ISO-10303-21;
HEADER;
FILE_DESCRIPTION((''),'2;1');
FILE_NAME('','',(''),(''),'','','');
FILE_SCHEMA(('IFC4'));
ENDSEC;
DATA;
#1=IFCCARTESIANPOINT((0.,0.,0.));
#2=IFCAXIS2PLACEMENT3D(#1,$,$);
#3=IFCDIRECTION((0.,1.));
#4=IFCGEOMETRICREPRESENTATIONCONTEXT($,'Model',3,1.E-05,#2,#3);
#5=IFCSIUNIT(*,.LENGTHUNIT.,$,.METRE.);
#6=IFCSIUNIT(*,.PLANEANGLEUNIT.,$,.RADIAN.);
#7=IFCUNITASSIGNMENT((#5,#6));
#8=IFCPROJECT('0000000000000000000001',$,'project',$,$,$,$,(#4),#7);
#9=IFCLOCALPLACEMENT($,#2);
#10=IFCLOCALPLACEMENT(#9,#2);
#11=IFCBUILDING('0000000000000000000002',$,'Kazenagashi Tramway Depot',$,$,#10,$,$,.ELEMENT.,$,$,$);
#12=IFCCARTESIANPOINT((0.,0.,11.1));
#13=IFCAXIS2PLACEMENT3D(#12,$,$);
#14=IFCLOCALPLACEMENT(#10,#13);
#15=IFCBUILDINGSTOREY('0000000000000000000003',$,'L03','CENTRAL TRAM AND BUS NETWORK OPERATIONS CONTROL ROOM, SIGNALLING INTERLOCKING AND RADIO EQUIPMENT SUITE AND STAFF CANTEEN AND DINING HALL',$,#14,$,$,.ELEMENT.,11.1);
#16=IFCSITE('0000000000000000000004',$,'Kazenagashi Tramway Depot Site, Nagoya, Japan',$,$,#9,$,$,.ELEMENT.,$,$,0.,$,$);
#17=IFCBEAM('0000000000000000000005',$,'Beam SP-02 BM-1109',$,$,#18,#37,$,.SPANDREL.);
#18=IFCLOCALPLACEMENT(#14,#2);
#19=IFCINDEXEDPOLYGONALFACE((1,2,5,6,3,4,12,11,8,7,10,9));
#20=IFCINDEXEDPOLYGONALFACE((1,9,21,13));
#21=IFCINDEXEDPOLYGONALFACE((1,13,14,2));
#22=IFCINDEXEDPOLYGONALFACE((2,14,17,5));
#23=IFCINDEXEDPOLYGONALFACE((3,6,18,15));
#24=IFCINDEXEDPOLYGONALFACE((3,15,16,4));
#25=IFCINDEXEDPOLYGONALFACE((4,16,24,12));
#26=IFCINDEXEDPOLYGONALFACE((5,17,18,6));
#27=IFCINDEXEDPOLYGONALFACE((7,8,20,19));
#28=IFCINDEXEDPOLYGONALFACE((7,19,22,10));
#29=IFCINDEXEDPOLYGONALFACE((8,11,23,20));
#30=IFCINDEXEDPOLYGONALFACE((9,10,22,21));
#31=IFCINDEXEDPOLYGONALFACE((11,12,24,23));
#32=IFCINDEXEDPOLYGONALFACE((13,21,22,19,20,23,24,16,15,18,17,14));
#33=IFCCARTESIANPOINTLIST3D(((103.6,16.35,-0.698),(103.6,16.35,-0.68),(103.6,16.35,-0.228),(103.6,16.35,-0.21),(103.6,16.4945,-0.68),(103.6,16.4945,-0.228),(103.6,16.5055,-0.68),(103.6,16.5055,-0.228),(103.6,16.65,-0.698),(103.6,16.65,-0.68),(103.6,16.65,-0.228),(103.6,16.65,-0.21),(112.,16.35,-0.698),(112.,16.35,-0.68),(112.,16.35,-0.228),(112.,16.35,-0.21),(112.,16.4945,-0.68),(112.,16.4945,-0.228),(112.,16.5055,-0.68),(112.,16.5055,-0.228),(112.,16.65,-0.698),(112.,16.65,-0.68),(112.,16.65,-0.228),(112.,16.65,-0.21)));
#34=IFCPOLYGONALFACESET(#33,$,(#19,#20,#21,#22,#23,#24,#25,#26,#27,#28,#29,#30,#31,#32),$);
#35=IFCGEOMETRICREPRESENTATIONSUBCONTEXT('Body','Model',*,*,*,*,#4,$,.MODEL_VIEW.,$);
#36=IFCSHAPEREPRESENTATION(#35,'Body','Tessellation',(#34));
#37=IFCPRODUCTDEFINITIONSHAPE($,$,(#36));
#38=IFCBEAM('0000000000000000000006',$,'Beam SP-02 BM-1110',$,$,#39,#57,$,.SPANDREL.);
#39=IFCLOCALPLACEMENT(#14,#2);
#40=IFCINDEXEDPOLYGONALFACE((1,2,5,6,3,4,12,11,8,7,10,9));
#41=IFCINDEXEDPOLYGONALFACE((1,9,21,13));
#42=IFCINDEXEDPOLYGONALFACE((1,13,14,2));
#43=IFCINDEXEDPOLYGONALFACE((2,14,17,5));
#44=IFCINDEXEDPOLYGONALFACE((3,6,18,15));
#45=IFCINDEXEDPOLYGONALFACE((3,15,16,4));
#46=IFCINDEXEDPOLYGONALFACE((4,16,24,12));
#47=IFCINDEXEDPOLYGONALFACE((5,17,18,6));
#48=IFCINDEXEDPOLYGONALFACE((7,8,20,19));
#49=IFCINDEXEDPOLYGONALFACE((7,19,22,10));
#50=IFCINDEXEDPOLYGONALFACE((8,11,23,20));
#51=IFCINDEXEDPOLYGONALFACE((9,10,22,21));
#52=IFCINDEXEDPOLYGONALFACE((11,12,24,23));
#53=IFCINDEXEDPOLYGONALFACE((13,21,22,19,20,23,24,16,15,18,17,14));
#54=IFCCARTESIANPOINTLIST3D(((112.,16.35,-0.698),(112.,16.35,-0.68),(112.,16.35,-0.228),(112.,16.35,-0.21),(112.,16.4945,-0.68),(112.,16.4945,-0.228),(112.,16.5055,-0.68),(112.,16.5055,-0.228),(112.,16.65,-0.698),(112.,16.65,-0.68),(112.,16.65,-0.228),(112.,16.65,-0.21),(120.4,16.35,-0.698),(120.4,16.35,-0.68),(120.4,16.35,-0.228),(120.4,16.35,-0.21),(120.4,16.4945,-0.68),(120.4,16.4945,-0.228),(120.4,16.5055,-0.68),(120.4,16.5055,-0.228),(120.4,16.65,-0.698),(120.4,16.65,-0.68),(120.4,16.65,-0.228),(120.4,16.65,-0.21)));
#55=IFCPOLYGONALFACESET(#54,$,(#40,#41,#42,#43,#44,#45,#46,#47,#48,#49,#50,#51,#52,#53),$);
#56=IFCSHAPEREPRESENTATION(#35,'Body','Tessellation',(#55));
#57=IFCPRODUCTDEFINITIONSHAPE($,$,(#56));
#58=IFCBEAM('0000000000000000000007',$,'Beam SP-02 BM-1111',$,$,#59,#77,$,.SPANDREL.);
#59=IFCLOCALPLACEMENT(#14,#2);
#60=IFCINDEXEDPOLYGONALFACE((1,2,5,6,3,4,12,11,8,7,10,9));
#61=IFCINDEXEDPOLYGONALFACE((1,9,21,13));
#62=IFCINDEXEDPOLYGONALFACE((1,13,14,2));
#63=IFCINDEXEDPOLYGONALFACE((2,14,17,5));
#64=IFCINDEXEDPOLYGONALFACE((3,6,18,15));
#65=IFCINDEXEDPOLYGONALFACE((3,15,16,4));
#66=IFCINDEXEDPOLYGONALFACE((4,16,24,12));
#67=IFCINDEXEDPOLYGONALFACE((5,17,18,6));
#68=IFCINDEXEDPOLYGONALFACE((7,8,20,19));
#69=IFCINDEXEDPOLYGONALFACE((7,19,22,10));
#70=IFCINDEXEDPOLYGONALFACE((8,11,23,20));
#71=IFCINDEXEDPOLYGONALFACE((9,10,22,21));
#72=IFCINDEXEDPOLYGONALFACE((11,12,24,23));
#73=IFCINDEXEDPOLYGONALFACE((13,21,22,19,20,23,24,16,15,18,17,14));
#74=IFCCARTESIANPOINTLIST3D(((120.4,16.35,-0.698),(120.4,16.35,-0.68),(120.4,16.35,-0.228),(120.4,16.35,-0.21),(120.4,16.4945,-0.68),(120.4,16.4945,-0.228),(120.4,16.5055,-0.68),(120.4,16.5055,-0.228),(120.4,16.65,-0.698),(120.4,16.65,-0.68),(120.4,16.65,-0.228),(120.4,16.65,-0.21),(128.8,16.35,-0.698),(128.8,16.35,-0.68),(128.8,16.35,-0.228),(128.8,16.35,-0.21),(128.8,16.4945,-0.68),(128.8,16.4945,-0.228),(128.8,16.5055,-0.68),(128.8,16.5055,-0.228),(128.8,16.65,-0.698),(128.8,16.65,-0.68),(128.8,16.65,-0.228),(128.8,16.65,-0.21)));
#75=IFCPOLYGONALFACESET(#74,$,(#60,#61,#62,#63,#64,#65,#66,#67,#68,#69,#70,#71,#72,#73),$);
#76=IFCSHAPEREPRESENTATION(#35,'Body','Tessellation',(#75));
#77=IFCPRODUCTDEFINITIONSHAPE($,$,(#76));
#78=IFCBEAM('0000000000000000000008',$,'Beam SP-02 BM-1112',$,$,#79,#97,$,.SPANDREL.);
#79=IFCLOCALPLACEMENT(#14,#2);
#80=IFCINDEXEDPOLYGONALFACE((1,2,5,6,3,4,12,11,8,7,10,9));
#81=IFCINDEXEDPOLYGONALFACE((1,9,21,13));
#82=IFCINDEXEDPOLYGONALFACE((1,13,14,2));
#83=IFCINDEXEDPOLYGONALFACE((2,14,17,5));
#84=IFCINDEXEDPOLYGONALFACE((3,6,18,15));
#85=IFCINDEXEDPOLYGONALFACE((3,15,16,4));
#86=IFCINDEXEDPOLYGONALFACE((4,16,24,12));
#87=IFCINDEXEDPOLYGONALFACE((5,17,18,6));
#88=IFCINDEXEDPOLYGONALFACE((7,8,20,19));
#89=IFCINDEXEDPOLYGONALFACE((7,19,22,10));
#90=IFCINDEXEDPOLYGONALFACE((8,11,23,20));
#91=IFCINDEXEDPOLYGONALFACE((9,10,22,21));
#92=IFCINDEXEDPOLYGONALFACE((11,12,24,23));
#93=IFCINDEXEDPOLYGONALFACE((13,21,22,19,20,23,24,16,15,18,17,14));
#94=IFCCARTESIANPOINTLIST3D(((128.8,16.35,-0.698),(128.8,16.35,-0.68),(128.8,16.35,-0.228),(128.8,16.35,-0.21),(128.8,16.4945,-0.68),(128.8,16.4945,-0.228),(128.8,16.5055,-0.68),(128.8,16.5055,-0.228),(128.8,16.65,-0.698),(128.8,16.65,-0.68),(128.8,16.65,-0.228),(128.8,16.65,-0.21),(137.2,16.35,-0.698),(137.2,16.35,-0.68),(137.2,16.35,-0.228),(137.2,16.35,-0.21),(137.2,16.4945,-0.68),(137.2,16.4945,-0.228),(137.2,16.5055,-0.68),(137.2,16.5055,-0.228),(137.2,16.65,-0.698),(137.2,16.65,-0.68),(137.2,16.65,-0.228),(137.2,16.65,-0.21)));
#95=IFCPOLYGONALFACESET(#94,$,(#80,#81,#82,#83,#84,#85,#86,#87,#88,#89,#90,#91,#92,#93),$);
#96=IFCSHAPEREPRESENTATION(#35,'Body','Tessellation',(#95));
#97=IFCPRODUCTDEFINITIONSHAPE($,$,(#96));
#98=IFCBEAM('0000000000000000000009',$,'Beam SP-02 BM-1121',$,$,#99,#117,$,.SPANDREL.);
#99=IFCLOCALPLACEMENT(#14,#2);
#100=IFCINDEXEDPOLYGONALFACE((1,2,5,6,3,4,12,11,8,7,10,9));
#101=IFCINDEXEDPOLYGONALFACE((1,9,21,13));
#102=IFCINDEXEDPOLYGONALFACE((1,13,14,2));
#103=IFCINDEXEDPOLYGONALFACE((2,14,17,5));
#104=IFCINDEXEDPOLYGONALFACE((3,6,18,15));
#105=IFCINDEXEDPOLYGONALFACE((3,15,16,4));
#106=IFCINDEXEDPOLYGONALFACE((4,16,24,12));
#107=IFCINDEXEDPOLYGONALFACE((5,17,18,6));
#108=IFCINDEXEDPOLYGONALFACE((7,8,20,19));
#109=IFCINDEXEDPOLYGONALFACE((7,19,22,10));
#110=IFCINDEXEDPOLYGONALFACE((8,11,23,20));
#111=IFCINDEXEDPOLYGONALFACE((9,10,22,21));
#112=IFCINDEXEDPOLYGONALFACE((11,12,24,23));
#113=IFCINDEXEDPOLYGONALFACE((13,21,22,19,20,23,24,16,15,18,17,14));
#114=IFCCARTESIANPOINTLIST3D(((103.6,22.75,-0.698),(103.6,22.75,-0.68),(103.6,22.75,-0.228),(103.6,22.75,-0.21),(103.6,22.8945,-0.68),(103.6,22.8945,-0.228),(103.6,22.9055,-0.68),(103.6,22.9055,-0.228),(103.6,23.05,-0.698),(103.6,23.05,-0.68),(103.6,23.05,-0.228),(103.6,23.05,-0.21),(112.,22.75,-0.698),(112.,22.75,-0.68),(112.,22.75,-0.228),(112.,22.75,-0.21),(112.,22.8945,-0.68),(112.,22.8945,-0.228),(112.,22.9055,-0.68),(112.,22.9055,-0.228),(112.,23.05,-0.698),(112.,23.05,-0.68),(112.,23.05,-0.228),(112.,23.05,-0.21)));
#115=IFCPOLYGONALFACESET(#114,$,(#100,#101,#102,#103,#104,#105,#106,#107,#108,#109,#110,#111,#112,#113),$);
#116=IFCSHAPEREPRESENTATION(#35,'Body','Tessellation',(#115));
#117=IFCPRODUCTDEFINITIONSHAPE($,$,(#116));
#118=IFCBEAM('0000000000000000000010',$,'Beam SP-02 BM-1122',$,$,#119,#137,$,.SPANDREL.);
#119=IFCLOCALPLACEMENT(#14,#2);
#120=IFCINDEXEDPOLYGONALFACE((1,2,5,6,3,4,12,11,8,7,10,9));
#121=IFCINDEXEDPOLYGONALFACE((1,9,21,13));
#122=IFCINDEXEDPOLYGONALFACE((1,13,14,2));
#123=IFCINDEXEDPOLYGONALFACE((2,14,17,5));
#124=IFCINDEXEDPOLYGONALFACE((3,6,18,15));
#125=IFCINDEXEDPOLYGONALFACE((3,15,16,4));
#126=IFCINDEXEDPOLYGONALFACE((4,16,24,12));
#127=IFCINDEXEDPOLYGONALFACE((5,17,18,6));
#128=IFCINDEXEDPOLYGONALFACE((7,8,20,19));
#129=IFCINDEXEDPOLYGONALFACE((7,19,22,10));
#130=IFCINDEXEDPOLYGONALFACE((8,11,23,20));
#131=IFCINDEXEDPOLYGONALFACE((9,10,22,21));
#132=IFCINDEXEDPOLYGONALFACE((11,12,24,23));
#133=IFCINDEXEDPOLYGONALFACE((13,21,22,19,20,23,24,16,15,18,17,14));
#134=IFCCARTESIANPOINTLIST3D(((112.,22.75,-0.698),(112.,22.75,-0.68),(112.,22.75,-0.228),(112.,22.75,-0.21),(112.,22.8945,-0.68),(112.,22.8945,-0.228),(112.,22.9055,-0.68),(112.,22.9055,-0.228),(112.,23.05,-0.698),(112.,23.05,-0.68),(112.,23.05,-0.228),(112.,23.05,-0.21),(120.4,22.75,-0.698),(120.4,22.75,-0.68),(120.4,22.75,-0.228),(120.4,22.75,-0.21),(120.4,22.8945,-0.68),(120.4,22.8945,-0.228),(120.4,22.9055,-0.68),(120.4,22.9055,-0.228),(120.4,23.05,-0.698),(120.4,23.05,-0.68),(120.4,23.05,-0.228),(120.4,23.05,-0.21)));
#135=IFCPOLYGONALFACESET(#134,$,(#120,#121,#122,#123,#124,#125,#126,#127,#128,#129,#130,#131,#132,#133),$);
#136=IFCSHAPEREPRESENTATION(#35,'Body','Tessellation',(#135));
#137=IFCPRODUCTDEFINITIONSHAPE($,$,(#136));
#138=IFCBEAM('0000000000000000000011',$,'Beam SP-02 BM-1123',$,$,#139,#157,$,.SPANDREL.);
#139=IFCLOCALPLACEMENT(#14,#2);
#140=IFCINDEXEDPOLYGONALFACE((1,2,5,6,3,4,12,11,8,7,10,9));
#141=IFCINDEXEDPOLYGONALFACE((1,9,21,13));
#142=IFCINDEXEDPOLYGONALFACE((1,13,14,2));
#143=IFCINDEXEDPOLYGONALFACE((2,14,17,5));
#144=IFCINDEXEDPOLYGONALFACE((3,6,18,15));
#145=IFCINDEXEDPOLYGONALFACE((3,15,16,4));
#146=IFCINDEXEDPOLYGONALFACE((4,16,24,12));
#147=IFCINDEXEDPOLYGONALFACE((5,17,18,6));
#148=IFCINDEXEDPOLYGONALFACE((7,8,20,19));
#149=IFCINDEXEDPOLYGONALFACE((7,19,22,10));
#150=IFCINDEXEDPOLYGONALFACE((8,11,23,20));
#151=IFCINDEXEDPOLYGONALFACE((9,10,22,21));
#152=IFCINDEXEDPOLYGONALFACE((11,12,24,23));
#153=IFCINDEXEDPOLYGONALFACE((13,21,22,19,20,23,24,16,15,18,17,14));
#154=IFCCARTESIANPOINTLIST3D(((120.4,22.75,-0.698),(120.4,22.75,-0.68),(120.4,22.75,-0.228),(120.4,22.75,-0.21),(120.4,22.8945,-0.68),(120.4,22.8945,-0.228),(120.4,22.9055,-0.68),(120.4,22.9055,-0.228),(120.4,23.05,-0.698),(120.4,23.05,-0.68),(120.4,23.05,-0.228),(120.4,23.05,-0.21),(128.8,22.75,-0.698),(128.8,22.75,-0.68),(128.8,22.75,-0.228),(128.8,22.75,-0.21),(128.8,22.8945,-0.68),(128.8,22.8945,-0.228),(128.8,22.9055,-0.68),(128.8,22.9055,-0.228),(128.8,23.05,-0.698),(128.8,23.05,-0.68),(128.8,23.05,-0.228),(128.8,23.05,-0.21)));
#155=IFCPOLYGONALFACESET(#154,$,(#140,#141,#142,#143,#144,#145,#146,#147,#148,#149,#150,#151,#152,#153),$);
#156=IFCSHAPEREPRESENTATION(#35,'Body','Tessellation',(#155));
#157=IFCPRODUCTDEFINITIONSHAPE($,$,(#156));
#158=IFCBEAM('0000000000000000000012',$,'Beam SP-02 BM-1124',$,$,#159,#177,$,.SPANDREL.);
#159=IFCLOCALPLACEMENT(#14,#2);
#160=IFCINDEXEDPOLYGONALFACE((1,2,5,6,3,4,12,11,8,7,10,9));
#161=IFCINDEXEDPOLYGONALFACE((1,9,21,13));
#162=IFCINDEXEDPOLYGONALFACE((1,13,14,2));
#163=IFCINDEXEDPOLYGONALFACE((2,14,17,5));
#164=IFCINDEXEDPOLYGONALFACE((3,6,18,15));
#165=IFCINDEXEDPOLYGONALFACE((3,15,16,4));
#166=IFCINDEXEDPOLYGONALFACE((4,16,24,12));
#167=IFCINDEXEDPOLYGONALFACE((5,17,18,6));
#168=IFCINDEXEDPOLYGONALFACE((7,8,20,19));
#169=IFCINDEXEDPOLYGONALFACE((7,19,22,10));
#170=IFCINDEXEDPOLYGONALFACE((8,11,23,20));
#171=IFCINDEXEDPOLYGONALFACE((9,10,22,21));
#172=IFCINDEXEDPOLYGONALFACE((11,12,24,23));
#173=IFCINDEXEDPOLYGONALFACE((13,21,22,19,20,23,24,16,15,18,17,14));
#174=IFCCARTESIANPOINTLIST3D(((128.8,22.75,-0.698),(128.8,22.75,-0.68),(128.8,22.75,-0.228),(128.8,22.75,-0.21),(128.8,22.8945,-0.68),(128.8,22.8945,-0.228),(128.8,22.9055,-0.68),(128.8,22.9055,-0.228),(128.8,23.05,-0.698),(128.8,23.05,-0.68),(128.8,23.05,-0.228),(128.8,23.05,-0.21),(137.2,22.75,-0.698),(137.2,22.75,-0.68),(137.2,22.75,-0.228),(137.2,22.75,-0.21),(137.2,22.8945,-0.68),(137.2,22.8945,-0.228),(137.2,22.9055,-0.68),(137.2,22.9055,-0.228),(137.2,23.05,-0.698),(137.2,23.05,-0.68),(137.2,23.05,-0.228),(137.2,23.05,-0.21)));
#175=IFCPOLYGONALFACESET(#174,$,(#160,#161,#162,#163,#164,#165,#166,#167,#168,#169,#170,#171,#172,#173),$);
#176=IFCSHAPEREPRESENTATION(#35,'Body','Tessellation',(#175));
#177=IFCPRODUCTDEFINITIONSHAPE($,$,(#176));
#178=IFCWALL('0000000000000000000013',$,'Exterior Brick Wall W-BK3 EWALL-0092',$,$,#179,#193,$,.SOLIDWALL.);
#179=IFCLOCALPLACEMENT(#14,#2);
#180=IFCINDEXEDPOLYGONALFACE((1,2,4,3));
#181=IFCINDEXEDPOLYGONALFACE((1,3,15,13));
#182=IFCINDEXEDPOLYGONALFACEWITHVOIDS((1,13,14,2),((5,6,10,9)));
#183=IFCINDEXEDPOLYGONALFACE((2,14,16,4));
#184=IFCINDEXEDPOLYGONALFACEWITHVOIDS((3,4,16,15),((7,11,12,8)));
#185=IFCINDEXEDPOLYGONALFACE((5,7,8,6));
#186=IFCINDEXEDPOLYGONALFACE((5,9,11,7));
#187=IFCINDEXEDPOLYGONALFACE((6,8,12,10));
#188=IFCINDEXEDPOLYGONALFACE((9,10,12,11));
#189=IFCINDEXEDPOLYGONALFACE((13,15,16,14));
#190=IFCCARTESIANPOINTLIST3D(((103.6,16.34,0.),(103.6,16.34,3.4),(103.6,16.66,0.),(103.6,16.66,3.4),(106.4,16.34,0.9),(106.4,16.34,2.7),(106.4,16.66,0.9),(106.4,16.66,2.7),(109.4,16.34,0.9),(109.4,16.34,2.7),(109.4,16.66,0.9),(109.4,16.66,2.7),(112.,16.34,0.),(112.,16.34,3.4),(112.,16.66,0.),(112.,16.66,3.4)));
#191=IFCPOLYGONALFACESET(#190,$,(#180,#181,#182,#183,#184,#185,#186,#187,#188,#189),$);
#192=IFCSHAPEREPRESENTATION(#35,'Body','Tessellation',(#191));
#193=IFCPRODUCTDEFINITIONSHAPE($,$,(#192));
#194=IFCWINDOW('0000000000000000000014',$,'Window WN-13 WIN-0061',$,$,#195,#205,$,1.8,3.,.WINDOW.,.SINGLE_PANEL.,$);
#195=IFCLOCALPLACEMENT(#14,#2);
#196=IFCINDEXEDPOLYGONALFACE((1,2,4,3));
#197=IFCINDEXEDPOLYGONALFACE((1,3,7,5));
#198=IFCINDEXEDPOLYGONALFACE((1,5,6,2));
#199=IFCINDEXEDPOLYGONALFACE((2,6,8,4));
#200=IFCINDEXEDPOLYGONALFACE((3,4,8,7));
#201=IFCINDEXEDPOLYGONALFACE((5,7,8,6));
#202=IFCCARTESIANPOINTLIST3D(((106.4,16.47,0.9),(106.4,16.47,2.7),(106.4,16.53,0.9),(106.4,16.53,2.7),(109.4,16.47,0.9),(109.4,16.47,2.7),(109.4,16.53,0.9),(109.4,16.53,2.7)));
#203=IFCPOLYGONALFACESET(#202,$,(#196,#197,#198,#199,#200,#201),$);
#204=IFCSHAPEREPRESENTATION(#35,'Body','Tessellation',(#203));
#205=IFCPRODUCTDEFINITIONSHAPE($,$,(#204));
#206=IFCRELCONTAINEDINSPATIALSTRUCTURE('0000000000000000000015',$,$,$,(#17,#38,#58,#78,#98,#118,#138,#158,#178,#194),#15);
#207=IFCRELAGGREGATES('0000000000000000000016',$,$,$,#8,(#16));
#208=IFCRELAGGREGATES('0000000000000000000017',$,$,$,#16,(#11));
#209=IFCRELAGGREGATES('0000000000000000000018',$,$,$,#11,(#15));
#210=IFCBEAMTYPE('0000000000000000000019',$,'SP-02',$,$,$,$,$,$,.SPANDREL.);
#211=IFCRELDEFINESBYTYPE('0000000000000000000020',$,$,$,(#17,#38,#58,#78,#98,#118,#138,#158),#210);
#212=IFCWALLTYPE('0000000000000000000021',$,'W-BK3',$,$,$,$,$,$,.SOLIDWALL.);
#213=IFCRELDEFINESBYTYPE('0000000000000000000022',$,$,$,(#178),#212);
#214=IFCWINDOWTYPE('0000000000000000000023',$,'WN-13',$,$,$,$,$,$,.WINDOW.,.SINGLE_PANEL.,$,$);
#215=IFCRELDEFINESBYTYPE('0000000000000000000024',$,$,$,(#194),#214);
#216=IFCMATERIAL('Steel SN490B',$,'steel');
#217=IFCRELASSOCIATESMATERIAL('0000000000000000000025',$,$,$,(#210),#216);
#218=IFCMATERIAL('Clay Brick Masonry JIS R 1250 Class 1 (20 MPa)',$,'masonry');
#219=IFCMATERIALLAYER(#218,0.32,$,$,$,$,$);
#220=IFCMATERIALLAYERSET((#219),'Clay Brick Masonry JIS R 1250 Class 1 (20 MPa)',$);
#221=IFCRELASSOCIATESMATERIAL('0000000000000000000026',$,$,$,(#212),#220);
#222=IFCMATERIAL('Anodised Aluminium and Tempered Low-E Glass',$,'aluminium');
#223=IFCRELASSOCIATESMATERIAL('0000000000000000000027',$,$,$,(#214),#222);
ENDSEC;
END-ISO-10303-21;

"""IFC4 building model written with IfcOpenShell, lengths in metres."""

from ifc_helpers import new_model, si_unit, direction, frame, frame_2d, origin, origin_2d, place, context, subcontext, project, spatial, rectangle, i_section, extrude, material, layer, layer_set, material_profile, profile_set, type_object, element, fill, save


model = new_model("IFC4")

# Units and contexts
model_context = context("Model", 3, precision=1e-05, world=origin(), true_north=direction((0.0, 1.0)))
body_context = subcontext(model_context, "Body", "Model", "MODEL_VIEW")
ifc_project = project(units=[si_unit("LENGTHUNIT", "METRE"), si_unit("PLANEANGLEUNIT", "RADIAN")], contexts=[model_context])

# Site, building, storey
site_placement = place(None, origin())
site = spatial("IfcSite", under=ifc_project, at=site_placement, Name="Kazenagashi Tramway Depot Site, Nagoya, Japan", CompositionType="ELEMENT", RefElevation=0.0)
building_placement = place(site_placement, origin())
building = spatial("IfcBuilding", under=site, at=building_placement, Name="Kazenagashi Tramway Depot", CompositionType="ELEMENT")
storey_placement = place(building_placement, frame((0.0, 0.0, 11.1)))
storey = spatial("IfcBuildingStorey", under=building, at=storey_placement, Name="L03", Description="CENTRAL TRAM AND BUS NETWORK OPERATIONS CONTROL ROOM, SIGNALLING INTERLOCKING AND RADIO EQUIPMENT SUITE AND STAFF CANTEEN AND DINING HALL", CompositionType="ELEMENT", Elevation=11.1)

# Shared definitions
ifc_material_1 = material(Name="Steel SN490B", Category="steel")

# Beams
ifc_material_profile_1 = material_profile(ifc_material_1, i_section(OverallWidth=0.3, OverallDepth=0.488, WebThickness=0.011, FlangeThickness=0.018, at=origin_2d()), Name="H-488x300x11x18")
ifc_profile_set_1 = profile_set([ifc_material_profile_1], Name="Steel SN490B")
beam_type_1 = type_object("IfcBeamType", Name="SP-02", PredefinedType="SPANDREL", material=ifc_profile_set_1)
for number, where, z_axis, x_axis, name in (
    (1, (103.6, 16.5, -0.454), (1.0, 0.0, 0.0), (0.0, 1.0, 0.0), "Beam SP-02 BM-1109"),
    (2, (112.0, 16.5, -0.454), (1.0, 0.0, 0.0), (0.0, 1.0, 0.0), "Beam SP-02 BM-1110"),
    (3, (120.4, 16.5, -0.454), (1.0, 0.0, 0.0), (0.0, 1.0, 0.0), "Beam SP-02 BM-1111"),
    (4, (128.8, 16.5, -0.454), (1.0, 0.0, 0.0), (0.0, 1.0, 0.0), "Beam SP-02 BM-1112"),
    (5, (103.6, 22.9, -0.454), (1.0, 0.0, 0.0), (0.0, 1.0, 0.0), "Beam SP-02 BM-1121"),
    (6, (112.0, 22.9, -0.454), (1.0, 0.0, 0.0), (0.0, 1.0, 0.0), "Beam SP-02 BM-1122"),
    (7, (120.4, 22.9, -0.454), (1.0, 0.0, 0.0), (0.0, 1.0, 0.0), "Beam SP-02 BM-1123"),
    (8, (128.8, 22.9, -0.454), (1.0, 0.0, 0.0), (0.0, 1.0, 0.0), "Beam SP-02 BM-1124"),
):
    element("IfcBeam", number, at=place(storey_placement, frame(where, z_axis=z_axis, x_axis=x_axis)), inside=storey, type_object=beam_type_1, Name=name, PredefinedType="SPANDREL", context=body_context, shape_type="SweptSolid", body=[
        extrude(i_section(OverallWidth=0.3, OverallDepth=0.488, WebThickness=0.011, FlangeThickness=0.018, at=origin_2d()), origin(), (0.0, 0.0, 1.0), 8.4),
    ])

# Wall, opening, window
ifc_material_2 = material(Name="Clay Brick Masonry JIS R 1250 Class 1 (20 MPa)", Category="masonry")
ifc_layer = layer(ifc_material_2, 0.32)
ifc_layer_set = layer_set([ifc_layer], Name="Clay Brick Masonry JIS R 1250 Class 1 (20 MPa)")
wall_type = type_object("IfcWallType", Name="W-BK3", PredefinedType="SOLIDWALL", material=ifc_layer_set)
wall_1_placement = place(storey_placement, frame((103.6, 16.5, 0.0), z_axis=(0.0, 0.0, 1.0), x_axis=(1.0, 0.0, 0.0)))
wall_1 = element("IfcWall", 9, at=wall_1_placement, inside=storey, type_object=wall_type, Name="Exterior Brick Wall W-BK3 EWALL-0092", PredefinedType="SOLIDWALL", context=body_context, shape_type="SweptSolid", body=[
    extrude(rectangle(XDim=8.4, YDim=0.32, at=frame_2d((4.2, 0.0))), origin(), (0.0, 0.0, 1.0), 3.4),
])
opening_1_placement = place(wall_1_placement, frame((2.8, 0.0, 0.9)))
opening_1 = element("IfcOpeningElement", 10, at=opening_1_placement, cuts=wall_1, PredefinedType="OPENING", context=body_context, shape_type="SweptSolid", body=[
    extrude(rectangle(XDim=3.0, YDim=1.8, at=frame_2d((1.5, 0.9))), frame((0.0, 0.17, 0.0), z_axis=(0.0, -1.0, 0.0), x_axis=(1.0, 0.0, 0.0)), (0.0, 0.0, 1.0), 0.34),
])
ifc_material_3 = material(Name="Anodised Aluminium and Tempered Low-E Glass", Category="aluminium")
window_type_1 = type_object("IfcWindowType", Name="WN-13", PartitioningType="SINGLE_PANEL", PredefinedType="WINDOW", material=ifc_material_3)
window_1_placement = place(opening_1_placement, origin())
window_1 = element("IfcWindow", 11, at=window_1_placement, inside=storey, type_object=window_type_1, Name="Window WN-13 WIN-0061", OverallHeight=1.8, OverallWidth=3.0, PartitioningType="SINGLE_PANEL", PredefinedType="WINDOW", context=body_context, shape_type="SweptSolid", body=[
    extrude(rectangle(XDim=3.0, YDim=1.8, at=frame_2d((1.5, 0.9))), frame((0.0, 0.03, 0.0), z_axis=(0.0, -1.0, 0.0), x_axis=(1.0, 0.0, 0.0)), (0.0, 0.0, 1.0), 0.06),
])
fill(opening_1, window_1)

save(model, "model.ifc")
